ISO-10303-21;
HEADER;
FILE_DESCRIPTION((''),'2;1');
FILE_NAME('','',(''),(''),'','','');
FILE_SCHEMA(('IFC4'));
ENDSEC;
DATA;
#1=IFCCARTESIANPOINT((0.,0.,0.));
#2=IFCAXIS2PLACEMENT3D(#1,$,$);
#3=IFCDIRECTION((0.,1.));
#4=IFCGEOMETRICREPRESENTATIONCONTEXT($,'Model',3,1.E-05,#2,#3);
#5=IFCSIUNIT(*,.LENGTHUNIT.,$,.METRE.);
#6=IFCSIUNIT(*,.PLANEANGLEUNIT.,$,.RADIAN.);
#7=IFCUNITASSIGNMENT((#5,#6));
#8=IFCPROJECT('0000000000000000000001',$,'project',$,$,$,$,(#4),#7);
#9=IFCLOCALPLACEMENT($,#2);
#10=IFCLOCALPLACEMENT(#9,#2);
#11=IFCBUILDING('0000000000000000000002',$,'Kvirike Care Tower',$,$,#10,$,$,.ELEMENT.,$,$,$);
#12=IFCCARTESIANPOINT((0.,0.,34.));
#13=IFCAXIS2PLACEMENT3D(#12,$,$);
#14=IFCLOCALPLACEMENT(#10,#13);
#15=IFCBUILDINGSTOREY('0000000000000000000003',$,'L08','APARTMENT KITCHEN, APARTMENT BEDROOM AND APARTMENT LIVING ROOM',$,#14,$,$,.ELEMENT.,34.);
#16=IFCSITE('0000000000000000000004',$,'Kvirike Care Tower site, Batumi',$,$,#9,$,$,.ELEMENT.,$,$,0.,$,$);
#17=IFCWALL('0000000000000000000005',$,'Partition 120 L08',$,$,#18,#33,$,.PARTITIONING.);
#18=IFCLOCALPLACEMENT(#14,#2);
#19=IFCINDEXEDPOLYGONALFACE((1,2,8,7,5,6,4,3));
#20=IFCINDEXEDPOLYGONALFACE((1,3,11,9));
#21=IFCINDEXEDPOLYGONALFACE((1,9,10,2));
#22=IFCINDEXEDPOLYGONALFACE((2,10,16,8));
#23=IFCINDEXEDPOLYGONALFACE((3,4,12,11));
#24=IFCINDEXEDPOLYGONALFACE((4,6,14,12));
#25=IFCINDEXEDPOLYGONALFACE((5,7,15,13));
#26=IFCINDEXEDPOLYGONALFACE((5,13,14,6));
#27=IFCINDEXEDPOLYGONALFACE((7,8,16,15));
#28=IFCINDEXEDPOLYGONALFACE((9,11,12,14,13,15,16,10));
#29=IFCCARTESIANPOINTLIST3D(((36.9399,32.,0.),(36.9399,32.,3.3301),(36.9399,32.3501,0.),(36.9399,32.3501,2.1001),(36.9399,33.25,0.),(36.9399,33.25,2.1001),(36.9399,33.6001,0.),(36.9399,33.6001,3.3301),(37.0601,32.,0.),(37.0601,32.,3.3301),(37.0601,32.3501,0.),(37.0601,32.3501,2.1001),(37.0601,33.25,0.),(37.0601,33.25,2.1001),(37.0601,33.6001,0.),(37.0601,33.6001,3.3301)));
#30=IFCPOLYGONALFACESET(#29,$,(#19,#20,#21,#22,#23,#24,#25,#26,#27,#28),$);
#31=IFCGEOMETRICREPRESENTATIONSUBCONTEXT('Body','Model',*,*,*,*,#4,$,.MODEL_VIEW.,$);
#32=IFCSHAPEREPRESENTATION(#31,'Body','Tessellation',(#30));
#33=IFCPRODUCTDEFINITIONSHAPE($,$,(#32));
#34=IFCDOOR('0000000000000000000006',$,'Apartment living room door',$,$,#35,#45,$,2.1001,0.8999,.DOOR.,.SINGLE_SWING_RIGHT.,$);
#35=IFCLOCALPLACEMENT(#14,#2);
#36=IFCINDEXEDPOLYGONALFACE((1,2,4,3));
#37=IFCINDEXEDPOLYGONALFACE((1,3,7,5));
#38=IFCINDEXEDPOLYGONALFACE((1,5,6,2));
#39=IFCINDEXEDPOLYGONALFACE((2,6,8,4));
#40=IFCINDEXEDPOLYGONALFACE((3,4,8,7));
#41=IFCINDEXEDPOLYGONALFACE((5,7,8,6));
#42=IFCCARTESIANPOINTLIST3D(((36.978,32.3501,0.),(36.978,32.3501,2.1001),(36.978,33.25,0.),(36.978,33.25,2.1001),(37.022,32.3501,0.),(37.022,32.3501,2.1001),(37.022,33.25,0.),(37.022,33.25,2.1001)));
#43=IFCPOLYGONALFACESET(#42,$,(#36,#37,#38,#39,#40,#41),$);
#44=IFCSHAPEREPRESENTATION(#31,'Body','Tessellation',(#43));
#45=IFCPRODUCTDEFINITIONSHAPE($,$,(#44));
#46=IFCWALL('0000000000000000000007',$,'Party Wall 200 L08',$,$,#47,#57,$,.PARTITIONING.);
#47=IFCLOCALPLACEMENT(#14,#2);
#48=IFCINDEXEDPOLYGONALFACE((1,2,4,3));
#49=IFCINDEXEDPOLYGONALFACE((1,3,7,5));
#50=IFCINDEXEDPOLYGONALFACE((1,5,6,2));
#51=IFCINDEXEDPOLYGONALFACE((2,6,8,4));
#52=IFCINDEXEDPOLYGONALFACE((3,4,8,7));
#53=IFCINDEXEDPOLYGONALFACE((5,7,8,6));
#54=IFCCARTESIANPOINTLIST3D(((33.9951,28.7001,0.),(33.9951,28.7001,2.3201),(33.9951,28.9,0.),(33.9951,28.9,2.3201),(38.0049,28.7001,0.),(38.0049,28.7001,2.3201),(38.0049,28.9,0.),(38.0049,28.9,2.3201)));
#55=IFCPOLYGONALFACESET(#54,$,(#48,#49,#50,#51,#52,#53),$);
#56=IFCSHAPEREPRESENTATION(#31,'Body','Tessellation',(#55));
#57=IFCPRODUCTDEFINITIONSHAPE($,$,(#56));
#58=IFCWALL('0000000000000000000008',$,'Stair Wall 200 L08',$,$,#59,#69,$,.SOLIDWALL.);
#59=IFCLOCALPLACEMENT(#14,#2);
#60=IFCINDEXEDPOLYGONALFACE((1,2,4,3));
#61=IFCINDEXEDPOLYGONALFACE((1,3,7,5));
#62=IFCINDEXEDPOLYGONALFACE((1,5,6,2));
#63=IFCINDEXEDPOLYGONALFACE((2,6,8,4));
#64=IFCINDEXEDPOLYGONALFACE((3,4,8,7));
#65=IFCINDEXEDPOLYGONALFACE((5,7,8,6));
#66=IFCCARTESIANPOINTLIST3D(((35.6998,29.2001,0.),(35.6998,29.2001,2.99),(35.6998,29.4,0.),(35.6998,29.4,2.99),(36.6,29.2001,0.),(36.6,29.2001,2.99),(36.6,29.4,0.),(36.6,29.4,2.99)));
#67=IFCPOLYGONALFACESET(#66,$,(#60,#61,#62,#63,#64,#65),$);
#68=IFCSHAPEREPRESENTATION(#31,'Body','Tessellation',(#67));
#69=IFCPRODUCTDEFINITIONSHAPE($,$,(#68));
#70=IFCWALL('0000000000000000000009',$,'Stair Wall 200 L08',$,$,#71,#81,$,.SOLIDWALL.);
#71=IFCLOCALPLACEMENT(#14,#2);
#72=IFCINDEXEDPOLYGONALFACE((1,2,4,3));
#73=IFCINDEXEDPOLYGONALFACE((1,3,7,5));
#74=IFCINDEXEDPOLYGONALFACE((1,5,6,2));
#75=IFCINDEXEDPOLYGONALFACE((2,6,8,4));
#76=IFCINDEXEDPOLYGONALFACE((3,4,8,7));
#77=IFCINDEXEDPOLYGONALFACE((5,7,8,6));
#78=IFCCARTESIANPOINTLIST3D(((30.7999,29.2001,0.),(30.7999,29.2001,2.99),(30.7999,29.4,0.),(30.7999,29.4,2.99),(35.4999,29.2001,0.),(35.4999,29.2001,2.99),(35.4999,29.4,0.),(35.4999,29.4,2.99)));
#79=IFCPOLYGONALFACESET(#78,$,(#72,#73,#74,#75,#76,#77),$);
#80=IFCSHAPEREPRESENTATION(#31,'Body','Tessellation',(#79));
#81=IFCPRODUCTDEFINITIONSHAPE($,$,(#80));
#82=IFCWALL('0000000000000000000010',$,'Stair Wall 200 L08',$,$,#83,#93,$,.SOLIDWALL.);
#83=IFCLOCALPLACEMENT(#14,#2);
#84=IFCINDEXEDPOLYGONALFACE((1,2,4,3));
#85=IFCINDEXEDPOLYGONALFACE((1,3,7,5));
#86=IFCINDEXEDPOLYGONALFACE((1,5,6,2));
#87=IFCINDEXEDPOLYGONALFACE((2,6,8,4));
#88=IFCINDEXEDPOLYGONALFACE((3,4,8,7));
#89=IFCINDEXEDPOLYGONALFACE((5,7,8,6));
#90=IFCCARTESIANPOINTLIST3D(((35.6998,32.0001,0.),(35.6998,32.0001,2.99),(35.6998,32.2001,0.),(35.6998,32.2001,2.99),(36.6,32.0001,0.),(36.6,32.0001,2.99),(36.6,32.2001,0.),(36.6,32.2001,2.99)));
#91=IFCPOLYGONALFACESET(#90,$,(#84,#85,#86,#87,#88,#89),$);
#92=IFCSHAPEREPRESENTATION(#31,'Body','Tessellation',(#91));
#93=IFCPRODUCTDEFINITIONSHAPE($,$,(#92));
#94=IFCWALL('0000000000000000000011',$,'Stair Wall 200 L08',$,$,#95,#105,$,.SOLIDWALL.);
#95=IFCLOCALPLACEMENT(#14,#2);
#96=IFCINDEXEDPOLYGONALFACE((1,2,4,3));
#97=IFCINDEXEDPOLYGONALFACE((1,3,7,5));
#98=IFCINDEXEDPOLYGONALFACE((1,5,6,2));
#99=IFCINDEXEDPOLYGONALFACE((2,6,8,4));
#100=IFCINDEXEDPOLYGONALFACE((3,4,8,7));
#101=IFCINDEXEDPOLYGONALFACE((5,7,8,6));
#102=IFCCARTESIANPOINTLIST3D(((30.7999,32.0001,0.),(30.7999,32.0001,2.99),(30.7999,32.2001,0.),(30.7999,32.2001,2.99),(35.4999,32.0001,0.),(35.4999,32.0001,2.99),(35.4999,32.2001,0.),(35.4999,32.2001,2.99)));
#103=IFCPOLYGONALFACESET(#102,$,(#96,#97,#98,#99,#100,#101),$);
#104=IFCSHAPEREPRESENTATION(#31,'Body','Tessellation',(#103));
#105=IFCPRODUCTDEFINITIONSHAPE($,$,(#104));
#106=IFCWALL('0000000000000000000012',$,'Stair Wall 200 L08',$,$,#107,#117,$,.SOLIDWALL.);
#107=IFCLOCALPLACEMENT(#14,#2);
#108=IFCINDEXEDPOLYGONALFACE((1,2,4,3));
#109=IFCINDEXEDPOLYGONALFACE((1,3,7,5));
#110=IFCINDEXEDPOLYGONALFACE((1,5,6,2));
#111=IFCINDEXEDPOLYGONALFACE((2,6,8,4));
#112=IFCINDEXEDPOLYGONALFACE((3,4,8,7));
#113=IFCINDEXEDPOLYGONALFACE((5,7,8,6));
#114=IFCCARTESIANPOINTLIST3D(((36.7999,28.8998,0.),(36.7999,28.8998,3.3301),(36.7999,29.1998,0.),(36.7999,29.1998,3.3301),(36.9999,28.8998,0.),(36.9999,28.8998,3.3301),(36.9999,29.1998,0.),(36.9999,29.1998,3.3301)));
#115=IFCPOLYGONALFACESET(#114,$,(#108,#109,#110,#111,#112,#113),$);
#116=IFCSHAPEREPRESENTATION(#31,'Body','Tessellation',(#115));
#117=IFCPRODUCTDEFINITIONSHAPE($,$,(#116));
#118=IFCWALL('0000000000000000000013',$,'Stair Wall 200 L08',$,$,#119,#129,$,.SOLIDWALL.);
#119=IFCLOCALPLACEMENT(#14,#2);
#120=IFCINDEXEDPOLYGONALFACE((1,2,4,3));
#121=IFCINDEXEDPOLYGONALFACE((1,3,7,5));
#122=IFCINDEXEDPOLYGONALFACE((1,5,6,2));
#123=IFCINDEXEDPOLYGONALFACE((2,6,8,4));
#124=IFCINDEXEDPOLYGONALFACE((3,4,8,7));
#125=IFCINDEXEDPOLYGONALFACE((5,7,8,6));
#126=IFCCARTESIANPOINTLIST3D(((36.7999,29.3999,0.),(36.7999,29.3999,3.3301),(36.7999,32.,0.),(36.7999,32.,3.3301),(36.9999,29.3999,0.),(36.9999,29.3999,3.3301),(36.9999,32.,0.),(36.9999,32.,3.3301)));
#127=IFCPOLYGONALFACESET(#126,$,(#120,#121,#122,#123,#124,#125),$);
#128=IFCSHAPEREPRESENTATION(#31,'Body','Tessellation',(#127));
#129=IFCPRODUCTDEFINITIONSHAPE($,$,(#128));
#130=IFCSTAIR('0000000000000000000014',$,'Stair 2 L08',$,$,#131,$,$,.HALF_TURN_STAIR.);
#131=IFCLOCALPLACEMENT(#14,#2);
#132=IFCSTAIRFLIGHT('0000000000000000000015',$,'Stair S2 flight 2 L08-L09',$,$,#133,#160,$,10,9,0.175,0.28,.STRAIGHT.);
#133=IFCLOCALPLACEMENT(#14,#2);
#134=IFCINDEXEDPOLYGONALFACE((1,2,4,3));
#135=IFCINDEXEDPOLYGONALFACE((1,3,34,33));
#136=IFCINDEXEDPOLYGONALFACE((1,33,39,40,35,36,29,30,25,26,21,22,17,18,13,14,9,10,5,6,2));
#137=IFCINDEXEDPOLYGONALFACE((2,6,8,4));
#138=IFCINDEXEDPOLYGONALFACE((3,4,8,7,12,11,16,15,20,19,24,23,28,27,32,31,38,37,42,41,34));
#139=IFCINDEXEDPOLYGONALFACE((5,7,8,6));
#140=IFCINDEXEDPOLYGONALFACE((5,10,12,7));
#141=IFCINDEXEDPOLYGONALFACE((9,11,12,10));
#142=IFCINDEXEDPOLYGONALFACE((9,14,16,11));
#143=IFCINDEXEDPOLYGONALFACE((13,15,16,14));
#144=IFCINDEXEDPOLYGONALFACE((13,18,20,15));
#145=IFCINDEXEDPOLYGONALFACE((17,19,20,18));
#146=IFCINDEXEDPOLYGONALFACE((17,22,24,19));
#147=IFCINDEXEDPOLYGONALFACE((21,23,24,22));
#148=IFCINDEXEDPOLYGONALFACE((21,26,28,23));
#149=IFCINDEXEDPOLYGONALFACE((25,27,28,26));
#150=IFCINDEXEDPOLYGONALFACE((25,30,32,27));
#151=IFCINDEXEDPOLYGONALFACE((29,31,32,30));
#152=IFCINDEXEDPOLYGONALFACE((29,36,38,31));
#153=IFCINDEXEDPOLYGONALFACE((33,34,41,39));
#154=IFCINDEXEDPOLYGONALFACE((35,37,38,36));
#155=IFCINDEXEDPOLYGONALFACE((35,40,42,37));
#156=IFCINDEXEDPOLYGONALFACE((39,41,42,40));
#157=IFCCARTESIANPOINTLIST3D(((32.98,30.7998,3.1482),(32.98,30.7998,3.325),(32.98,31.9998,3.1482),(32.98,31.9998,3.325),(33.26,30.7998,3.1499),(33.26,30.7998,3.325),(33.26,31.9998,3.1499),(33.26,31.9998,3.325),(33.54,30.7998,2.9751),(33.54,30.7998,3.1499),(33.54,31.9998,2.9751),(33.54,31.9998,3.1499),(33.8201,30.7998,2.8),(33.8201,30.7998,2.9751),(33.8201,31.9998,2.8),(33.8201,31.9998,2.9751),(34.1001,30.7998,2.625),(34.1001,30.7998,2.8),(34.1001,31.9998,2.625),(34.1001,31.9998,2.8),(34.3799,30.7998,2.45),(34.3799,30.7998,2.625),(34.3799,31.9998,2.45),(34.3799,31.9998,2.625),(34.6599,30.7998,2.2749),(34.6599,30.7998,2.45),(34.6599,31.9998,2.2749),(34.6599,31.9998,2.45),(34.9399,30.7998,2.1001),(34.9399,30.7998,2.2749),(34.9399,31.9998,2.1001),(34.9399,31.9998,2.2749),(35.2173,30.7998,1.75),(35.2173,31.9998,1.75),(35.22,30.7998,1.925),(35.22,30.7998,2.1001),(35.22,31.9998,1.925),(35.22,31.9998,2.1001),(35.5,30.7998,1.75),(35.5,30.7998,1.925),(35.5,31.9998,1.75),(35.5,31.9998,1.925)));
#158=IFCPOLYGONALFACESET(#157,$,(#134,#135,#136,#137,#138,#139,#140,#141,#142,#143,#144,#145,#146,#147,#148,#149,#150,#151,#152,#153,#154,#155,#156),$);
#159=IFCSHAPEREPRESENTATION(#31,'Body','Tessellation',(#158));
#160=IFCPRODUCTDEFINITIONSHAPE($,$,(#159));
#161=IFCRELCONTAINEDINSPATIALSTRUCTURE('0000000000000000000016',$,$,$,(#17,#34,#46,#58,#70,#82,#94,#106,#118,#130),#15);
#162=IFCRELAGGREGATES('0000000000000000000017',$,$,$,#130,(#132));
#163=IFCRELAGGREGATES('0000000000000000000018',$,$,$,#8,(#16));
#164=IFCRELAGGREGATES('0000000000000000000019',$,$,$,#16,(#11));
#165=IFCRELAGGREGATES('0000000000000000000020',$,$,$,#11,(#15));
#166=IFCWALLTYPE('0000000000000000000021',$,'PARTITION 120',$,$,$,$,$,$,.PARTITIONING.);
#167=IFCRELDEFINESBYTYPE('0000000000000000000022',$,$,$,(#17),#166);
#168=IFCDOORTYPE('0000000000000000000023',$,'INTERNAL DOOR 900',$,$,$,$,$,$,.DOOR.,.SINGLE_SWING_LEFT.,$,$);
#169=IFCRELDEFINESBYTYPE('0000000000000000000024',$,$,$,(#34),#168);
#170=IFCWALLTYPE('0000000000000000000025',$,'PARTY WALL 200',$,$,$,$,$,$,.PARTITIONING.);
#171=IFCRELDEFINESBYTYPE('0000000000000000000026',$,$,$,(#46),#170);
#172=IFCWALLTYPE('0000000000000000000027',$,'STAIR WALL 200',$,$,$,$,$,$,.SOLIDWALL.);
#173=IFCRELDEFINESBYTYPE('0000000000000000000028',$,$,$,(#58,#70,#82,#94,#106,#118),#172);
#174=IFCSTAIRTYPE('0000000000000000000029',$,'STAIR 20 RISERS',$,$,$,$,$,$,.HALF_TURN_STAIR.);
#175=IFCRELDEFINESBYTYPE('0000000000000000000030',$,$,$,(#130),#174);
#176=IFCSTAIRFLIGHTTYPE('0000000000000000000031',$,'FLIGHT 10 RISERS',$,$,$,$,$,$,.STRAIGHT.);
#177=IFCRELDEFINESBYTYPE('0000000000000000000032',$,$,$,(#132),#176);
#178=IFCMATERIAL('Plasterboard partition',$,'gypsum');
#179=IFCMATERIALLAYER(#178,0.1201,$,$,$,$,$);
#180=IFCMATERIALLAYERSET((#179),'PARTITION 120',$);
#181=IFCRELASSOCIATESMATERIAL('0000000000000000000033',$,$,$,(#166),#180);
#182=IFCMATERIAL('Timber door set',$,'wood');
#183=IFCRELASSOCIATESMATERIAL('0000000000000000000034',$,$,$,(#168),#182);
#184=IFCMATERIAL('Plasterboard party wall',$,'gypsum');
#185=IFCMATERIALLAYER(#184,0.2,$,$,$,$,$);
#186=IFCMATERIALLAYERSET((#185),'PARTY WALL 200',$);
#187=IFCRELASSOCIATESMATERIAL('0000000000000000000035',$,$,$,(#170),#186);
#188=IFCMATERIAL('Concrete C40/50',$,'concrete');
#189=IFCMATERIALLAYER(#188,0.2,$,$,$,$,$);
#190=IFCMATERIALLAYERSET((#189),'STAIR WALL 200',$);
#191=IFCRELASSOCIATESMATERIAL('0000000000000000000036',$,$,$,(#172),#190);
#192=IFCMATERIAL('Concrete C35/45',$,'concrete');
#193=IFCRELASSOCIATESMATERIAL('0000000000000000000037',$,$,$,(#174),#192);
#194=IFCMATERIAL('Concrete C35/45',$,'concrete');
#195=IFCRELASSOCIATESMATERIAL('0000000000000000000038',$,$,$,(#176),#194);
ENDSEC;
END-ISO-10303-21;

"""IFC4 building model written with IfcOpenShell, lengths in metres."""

from ifc_helpers import new_model, si_unit, direction, frame, frame_2d, origin, place, context, subcontext, project, spatial, polyline, rectangle, outline, extrude, material, layer, layer_set, type_object, element, fill, aggregate, save


model = new_model("IFC4")

# Units and contexts
model_context = context("Model", 3, precision=1e-05, world=origin(), true_north=direction((0.0, 1.0)))
body_context = subcontext(model_context, "Body", "Model", "MODEL_VIEW")
ifc_project = project(units=[si_unit("LENGTHUNIT", "METRE"), si_unit("PLANEANGLEUNIT", "RADIAN")], contexts=[model_context])

# Site, building, storey
site_placement = place(None, origin())
site = spatial("IfcSite", under=ifc_project, at=site_placement, Name="Kvirike Care Tower site, Batumi", CompositionType="ELEMENT", RefElevation=0.0)
building_placement = place(site_placement, origin())
building = spatial("IfcBuilding", under=site, at=building_placement, Name="Kvirike Care Tower", CompositionType="ELEMENT")
storey_placement = place(building_placement, frame((0.0, 0.0, 34.0)))
storey = spatial("IfcBuildingStorey", under=building, at=storey_placement, Name="L08", Description="APARTMENT KITCHEN, APARTMENT BEDROOM AND APARTMENT LIVING ROOM", CompositionType="ELEMENT", Elevation=34.0)

# Wall, opening, door
ifc_material_1 = material(Name="Plasterboard partition", Category="gypsum")
ifc_layer_1 = layer(ifc_material_1, 0.1201)
ifc_layer_set_1 = layer_set([ifc_layer_1], Name="PARTITION 120")
wall_type_1 = type_object("IfcWallType", Name="PARTITION 120", PredefinedType="PARTITIONING", material=ifc_layer_set_1)
wall_1_placement = place(storey_placement, frame((37.0, 32.0, 0.0), z_axis=(0.0, 0.0, 1.0), x_axis=(0.0, 1.0, 0.0)))
wall_1 = element("IfcWall", 1, at=wall_1_placement, inside=storey, type_object=wall_type_1, Name="Partition 120 L08", PredefinedType="PARTITIONING", context=body_context, shape_type="SweptSolid", body=[
    extrude(rectangle(XDim=1.6001, YDim=0.1201, at=frame_2d((0.8, 0.0))), origin(), (0.0, 0.0, 1.0), 3.3301),
])
opening_1_placement = place(wall_1_placement, frame((0.3501, 0.0, 0.0)))
opening_1 = element("IfcOpeningElement", 2, at=opening_1_placement, cuts=wall_1, PredefinedType="OPENING", context=body_context, shape_type="SweptSolid", body=[
    extrude(rectangle(XDim=0.8999, YDim=2.1001, at=frame_2d((0.45, 1.05))), frame((0.0, 0.0706, 0.0), z_axis=(0.0, -1.0, 0.0), x_axis=(1.0, 0.0, 0.0)), (0.0, 0.0, 1.0), 0.1411),
])
ifc_material_2 = material(Name="Timber door set", Category="wood")
door_type_1 = type_object("IfcDoorType", Name="INTERNAL DOOR 900", OperationType="SINGLE_SWING_LEFT", PredefinedType="DOOR", material=ifc_material_2)
door_1_placement = place(opening_1_placement, origin())
door_1 = element("IfcDoor", 3, at=door_1_placement, inside=storey, type_object=door_type_1, Name="Apartment living room door", OperationType="SINGLE_SWING_RIGHT", OverallHeight=2.1001, OverallWidth=0.8999, PredefinedType="DOOR", context=body_context, shape_type="SweptSolid", body=[
    extrude(rectangle(XDim=0.8999, YDim=2.1001, at=frame_2d((0.45, 1.05))), frame((0.0, 0.022, 0.0), z_axis=(0.0, -1.0, 0.0), x_axis=(1.0, 0.0, 0.0)), (0.0, 0.0, 1.0), 0.0439),
])
fill(opening_1, door_1)

# Walls
ifc_material_3 = material(Name="Plasterboard party wall", Category="gypsum")
ifc_layer_2 = layer(ifc_material_3, 0.2)
ifc_layer_set_2 = layer_set([ifc_layer_2], Name="PARTY WALL 200")
wall_type_2 = type_object("IfcWallType", Name="PARTY WALL 200", PredefinedType="PARTITIONING", material=ifc_layer_set_2)
wall_2_placement = place(storey_placement, frame((38.0049, 28.8, 0.0), z_axis=(0.0, 0.0, 1.0), x_axis=(-1.0, 0.0, 0.0)))
element("IfcWall", 4, at=wall_2_placement, inside=storey, type_object=wall_type_2, Name="Party Wall 200 L08", PredefinedType="PARTITIONING", context=body_context, shape_type="SweptSolid", body=[
    extrude(rectangle(XDim=4.0098, YDim=0.2, at=frame_2d((2.0049, 0.0))), origin(), (0.0, 0.0, 1.0), 2.3201),
])
ifc_material_4 = material(Name="Concrete C40/50", Category="concrete")
ifc_layer_3 = layer(ifc_material_4, 0.2)
ifc_layer_set_3 = layer_set([ifc_layer_3], Name="STAIR WALL 200")
wall_type_3 = type_object("IfcWallType", Name="STAIR WALL 200", PredefinedType="SOLIDWALL", material=ifc_layer_set_3)
wall_3_placement = place(storey_placement, frame((36.6001, 29.3, 0.0), z_axis=(0.0, 0.0, 1.0), x_axis=(-1.0, 0.0, 0.0)))
element("IfcWall", 5, at=wall_3_placement, inside=storey, type_object=wall_type_3, Name="Stair Wall 200 L08", PredefinedType="SOLIDWALL", context=body_context, shape_type="SweptSolid", body=[
    extrude(rectangle(XDim=0.9001, YDim=0.2, at=frame_2d((0.4502, 0.0))), origin(), (0.0, 0.0, 1.0), 2.99),
])
wall_4_placement = place(storey_placement, frame((35.5, 29.3, 0.0), z_axis=(0.0, 0.0, 1.0), x_axis=(-1.0, 0.0, 0.0)))
element("IfcWall", 6, at=wall_4_placement, inside=storey, type_object=wall_type_3, Name="Stair Wall 200 L08", PredefinedType="SOLIDWALL", context=body_context, shape_type="SweptSolid", body=[
    extrude(rectangle(XDim=4.7, YDim=0.2, at=frame_2d((2.3501, 0.0))), origin(), (0.0, 0.0, 1.0), 2.99),
])
wall_5_placement = place(storey_placement, frame((36.6001, 32.1001, 0.0), z_axis=(0.0, 0.0, 1.0), x_axis=(-1.0, 0.0, 0.0)))
element("IfcWall", 7, at=wall_5_placement, inside=storey, type_object=wall_type_3, Name="Stair Wall 200 L08", PredefinedType="SOLIDWALL", context=body_context, shape_type="SweptSolid", body=[
    extrude(rectangle(XDim=0.9001, YDim=0.2, at=frame_2d((0.4502, 0.0))), origin(), (0.0, 0.0, 1.0), 2.99),
])
wall_6_placement = place(storey_placement, frame((35.5, 32.1001, 0.0), z_axis=(0.0, 0.0, 1.0), x_axis=(-1.0, 0.0, 0.0)))
element("IfcWall", 8, at=wall_6_placement, inside=storey, type_object=wall_type_3, Name="Stair Wall 200 L08", PredefinedType="SOLIDWALL", context=body_context, shape_type="SweptSolid", body=[
    extrude(rectangle(XDim=4.7, YDim=0.2, at=frame_2d((2.3501, 0.0))), origin(), (0.0, 0.0, 1.0), 2.99),
])
wall_7_placement = place(storey_placement, frame((36.8999, 28.8999, 0.0), z_axis=(0.0, 0.0, 1.0), x_axis=(0.0, 1.0, 0.0)))
element("IfcWall", 9, at=wall_7_placement, inside=storey, type_object=wall_type_3, Name="Stair Wall 200 L08", PredefinedType="SOLIDWALL", context=body_context, shape_type="SweptSolid", body=[
    extrude(rectangle(XDim=0.3, YDim=0.2, at=frame_2d((0.1499, 0.0))), origin(), (0.0, 0.0, 1.0), 3.3301),
])
wall_8_placement = place(storey_placement, frame((36.8999, 29.3999, 0.0), z_axis=(0.0, 0.0, 1.0), x_axis=(0.0, 1.0, 0.0)))
element("IfcWall", 10, at=wall_8_placement, inside=storey, type_object=wall_type_3, Name="Stair Wall 200 L08", PredefinedType="SOLIDWALL", context=body_context, shape_type="SweptSolid", body=[
    extrude(rectangle(XDim=2.6001, YDim=0.2, at=frame_2d((1.3, 0.0))), origin(), (0.0, 0.0, 1.0), 3.3301),
])

# Stair, stair flight
ifc_material_5 = material(Name="Concrete C35/45", Category="concrete")
stair_type = type_object("IfcStairType", Name="STAIR 20 RISERS", PredefinedType="HALF_TURN_STAIR", material=ifc_material_5)
stair_placement = place(storey_placement, origin())
stair = element("IfcStair", 11, at=stair_placement, inside=storey, type_object=stair_type, Name="Stair 2 L08", PredefinedType="HALF_TURN_STAIR")
ifc_material_6 = material(Name="Concrete C35/45", Category="concrete")
stair_flight_type = type_object("IfcStairFlightType", Name="FLIGHT 10 RISERS", PredefinedType="STRAIGHT", material=ifc_material_6)
stair_flight_placement = place(storey_placement, frame((35.5, 31.3999, 1.75), z_axis=(0.0, 0.0, 1.0), x_axis=(-1.0, 0.0, 0.0)))
stair_flight = element("IfcStairFlight", 12, at=stair_flight_placement, type_object=stair_flight_type, Name="Stair S2 flight 2 L08-L09", NumberOfRisers=10, NumberOfTreads=9, PredefinedType="STRAIGHT", RiserHeight=0.175, TreadLength=0.28, context=body_context, shape_type="SweptSolid", body=[
    extrude(outline(polyline([(0.0, 0.0), (0.0, 0.175), (0.28, 0.175), (0.28, 0.3501), (0.5601, 0.3501), (0.5601, 0.5249), (0.8401, 0.5249), (0.8401, 0.7), (1.1201, 0.7), (1.1201, 0.875), (1.3999, 0.875), (1.3999, 1.05), (1.6799, 1.05), (1.6799, 1.2251), (1.96, 1.2251), (1.96, 1.3999), (2.24, 1.3999), (2.24, 1.575), (2.52, 1.575), (2.52, 1.75), (2.52, 1.3982), (0.2827, 0.0), (0.0, 0.0)])), frame((0.0, 0.6001, 0.0), z_axis=(0.0, -1.0, 0.0), x_axis=(1.0, 0.0, 0.0)), (0.0, 0.0, 1.0), 1.2),
])
aggregate(stair, [stair_flight])

save(model, "model.ifc")
